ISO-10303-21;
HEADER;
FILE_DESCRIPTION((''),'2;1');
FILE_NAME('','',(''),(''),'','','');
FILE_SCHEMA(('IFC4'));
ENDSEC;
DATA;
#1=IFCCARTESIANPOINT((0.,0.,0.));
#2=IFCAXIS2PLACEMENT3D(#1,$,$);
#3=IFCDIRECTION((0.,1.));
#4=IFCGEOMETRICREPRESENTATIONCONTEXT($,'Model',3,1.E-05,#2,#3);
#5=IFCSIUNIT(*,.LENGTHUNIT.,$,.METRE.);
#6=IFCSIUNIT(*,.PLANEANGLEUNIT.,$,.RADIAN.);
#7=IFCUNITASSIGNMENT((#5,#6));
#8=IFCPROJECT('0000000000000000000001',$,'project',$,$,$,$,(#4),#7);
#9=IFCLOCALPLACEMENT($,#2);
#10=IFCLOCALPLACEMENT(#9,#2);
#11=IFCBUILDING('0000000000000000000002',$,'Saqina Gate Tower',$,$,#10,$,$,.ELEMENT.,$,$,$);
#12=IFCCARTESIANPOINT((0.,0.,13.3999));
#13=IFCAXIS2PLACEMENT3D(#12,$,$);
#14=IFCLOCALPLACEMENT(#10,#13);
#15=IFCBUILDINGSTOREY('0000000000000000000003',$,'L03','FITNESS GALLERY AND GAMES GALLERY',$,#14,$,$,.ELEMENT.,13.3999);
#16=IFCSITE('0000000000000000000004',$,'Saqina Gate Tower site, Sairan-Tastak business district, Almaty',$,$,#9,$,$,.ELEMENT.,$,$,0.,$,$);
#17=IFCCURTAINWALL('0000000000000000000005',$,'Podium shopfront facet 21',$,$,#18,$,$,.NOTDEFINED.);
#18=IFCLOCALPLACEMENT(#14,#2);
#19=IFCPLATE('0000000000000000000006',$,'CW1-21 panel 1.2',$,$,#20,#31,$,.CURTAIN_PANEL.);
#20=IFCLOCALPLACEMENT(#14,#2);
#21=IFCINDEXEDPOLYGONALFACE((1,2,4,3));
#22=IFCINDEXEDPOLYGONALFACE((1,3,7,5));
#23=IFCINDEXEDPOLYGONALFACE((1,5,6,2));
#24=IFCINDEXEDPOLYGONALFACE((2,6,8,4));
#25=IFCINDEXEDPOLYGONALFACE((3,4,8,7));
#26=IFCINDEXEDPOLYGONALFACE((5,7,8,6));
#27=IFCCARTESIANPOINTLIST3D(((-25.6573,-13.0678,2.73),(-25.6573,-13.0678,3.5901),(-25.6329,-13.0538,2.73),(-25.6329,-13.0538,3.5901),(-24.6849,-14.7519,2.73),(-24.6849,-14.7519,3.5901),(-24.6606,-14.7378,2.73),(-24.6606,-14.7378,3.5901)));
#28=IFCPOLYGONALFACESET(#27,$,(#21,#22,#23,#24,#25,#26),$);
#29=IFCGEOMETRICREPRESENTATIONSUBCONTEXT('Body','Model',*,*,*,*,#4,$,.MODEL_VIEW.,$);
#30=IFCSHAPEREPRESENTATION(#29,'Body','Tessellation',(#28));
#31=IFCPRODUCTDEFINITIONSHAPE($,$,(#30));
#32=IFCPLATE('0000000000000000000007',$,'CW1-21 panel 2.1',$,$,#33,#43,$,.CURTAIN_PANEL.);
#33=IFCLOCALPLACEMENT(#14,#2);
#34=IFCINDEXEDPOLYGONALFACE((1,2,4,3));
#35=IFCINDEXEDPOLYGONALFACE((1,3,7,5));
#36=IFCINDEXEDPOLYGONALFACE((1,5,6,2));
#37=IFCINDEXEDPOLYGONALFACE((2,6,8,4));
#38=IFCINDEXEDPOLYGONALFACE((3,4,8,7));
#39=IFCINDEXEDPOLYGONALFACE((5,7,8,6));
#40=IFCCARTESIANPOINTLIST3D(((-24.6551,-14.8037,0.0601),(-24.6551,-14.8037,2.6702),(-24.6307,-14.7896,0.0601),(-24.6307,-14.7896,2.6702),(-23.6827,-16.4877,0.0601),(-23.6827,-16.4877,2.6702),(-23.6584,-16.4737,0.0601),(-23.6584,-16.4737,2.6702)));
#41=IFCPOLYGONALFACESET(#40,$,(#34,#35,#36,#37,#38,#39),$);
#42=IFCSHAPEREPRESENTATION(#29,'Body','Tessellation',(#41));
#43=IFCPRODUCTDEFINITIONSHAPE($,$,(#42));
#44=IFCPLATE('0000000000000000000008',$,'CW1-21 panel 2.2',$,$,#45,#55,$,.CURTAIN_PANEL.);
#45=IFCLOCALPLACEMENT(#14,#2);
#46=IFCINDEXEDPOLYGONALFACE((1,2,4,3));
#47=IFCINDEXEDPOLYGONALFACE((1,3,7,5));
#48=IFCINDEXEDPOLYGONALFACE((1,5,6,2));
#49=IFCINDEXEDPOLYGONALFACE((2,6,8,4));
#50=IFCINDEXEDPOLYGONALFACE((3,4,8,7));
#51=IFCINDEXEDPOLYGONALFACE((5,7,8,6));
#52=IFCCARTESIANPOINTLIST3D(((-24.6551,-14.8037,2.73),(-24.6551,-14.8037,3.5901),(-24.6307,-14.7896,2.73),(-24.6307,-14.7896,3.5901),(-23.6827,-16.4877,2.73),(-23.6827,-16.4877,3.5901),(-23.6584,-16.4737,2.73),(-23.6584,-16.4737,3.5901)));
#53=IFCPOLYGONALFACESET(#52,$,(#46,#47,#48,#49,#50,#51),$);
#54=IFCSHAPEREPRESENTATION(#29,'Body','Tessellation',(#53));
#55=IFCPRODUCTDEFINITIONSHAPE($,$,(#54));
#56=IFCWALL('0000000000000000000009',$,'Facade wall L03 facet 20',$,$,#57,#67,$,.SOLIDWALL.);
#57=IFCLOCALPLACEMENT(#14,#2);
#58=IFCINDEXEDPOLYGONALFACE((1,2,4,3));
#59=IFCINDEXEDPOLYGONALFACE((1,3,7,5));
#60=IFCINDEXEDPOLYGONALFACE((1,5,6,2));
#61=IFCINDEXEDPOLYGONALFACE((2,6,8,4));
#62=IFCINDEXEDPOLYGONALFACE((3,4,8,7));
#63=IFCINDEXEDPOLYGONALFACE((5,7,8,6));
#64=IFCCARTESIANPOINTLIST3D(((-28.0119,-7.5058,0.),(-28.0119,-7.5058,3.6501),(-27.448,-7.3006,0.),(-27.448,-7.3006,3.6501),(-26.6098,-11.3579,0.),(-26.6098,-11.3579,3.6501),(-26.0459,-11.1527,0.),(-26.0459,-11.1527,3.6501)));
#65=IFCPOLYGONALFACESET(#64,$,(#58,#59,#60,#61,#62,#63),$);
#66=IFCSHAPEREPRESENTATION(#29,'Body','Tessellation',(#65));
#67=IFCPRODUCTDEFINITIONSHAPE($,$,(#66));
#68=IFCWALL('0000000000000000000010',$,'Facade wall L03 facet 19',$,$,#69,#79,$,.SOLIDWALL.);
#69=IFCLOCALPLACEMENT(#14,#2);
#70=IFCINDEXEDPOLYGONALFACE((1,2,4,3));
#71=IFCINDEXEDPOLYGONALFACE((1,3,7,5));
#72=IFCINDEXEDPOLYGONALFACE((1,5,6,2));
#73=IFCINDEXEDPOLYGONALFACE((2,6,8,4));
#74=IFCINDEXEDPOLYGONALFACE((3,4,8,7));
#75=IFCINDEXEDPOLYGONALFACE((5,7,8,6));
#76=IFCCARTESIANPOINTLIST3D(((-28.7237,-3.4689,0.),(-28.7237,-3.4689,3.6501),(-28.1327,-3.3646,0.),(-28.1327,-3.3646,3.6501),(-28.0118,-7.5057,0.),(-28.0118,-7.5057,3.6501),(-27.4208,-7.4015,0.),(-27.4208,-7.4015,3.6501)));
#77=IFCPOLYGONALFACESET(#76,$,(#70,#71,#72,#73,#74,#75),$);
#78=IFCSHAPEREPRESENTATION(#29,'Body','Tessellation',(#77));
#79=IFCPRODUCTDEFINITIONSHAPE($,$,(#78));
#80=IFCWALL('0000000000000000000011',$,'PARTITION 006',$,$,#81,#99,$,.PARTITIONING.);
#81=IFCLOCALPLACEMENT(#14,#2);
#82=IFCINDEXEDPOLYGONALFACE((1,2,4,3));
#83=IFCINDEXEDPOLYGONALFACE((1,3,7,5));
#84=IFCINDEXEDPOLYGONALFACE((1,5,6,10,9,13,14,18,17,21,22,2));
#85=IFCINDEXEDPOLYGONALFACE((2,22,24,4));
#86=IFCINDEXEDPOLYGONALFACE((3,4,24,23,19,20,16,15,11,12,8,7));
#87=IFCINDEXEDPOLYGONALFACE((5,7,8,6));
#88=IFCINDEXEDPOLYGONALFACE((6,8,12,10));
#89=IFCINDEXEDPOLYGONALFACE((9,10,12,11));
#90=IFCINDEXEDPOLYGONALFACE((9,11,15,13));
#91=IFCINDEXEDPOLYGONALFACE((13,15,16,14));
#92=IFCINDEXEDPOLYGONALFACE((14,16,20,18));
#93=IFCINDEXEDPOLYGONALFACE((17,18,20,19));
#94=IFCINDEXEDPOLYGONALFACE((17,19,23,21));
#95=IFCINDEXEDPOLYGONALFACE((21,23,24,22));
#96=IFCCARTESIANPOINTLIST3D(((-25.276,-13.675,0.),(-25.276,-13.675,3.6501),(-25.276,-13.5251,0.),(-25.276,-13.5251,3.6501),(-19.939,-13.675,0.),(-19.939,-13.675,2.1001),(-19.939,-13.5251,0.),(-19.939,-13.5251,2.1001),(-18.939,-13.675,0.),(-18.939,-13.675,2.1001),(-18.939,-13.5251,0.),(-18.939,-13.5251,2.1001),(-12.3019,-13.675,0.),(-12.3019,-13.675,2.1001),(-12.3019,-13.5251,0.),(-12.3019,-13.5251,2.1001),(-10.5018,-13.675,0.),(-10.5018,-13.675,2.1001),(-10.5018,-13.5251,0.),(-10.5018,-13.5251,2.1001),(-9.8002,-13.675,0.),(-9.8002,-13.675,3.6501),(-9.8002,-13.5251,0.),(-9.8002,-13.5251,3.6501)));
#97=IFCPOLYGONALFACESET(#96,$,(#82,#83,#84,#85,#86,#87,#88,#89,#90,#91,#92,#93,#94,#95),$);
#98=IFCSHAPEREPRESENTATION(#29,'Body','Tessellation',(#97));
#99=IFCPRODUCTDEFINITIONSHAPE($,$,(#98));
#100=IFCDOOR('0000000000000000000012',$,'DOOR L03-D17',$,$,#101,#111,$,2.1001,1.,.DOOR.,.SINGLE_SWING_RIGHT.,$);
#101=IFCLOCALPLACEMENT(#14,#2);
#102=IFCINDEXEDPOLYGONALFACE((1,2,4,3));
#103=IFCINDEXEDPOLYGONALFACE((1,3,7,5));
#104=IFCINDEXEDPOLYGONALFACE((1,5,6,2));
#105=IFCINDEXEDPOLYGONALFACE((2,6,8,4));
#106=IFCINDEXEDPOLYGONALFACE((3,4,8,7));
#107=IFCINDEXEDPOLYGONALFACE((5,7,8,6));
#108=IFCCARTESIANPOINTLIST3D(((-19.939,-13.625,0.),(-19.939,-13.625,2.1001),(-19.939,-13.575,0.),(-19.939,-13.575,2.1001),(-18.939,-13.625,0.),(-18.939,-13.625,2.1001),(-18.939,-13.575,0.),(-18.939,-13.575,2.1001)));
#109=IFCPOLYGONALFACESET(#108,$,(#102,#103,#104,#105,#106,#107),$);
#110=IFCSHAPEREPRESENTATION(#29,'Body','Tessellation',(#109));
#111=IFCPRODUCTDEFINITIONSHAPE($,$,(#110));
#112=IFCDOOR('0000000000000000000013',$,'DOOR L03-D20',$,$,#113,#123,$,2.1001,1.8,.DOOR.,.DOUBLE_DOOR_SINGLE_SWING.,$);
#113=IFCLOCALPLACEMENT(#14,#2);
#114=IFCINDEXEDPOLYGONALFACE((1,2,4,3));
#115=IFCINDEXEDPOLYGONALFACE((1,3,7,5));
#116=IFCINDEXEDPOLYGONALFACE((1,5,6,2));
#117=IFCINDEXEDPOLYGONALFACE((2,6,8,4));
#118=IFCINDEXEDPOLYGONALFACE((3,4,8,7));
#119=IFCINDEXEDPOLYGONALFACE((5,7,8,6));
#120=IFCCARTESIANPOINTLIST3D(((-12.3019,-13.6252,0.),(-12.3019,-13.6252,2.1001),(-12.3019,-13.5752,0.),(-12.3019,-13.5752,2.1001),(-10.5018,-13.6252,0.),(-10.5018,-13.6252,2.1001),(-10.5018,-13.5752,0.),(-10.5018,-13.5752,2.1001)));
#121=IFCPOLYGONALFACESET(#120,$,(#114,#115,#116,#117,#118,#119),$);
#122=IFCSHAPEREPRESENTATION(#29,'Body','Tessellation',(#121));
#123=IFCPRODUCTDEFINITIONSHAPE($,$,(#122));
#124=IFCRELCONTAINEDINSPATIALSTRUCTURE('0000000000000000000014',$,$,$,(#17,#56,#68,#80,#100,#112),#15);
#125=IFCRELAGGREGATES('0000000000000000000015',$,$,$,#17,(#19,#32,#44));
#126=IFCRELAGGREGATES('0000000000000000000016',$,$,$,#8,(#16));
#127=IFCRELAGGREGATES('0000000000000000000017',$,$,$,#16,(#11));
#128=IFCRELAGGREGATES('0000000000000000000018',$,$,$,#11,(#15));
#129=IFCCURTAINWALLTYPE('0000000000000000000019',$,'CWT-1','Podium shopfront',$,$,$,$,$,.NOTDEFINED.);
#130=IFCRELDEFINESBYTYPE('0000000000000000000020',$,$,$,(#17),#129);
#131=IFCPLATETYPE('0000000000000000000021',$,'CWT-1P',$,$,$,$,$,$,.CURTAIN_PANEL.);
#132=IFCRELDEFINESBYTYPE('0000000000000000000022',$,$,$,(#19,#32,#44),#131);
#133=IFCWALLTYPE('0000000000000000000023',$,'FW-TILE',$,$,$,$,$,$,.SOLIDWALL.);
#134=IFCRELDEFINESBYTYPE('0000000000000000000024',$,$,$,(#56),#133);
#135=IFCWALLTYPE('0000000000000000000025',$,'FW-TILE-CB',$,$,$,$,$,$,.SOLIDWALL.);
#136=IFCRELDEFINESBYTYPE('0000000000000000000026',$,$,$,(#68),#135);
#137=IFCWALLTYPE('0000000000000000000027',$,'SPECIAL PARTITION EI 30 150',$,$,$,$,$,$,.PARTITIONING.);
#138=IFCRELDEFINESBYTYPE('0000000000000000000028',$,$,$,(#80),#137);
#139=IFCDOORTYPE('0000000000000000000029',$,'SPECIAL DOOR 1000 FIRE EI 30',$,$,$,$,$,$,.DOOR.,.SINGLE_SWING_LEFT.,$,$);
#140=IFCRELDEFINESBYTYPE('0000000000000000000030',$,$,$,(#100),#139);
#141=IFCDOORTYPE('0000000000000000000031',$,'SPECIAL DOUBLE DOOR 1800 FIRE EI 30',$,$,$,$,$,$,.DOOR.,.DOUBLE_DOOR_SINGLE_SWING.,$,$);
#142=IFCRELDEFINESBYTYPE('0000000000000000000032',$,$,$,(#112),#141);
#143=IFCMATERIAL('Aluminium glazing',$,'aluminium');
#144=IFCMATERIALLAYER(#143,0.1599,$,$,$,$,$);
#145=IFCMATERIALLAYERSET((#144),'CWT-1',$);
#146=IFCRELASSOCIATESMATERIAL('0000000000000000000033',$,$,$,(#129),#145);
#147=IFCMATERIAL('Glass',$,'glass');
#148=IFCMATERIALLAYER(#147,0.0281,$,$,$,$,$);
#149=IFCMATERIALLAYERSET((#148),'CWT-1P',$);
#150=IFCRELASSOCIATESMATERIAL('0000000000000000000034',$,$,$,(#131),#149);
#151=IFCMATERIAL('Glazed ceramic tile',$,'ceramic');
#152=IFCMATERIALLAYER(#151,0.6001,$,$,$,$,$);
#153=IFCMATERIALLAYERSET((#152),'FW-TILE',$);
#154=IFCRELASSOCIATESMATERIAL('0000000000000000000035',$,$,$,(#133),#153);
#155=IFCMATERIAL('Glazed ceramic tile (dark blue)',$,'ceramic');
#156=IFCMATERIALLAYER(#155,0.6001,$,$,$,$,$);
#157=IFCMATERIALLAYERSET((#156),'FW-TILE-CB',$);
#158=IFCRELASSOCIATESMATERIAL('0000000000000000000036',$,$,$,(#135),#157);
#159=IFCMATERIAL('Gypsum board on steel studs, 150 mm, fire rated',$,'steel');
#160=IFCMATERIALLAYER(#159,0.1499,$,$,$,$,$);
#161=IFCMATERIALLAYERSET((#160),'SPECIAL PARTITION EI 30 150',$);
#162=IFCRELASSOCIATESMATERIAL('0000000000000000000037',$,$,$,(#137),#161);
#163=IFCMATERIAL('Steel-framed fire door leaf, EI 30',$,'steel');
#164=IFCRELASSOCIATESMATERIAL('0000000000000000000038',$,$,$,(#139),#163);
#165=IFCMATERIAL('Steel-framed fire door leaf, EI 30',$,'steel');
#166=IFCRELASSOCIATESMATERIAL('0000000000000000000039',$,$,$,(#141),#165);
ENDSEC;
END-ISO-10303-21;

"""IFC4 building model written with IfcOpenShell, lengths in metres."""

from ifc_helpers import new_model, si_unit, direction, frame, frame_2d, origin, origin_2d, place, context, subcontext, project, spatial, rectangle, extrude, material, layer, layer_set, type_object, element, fill, aggregate, save


model = new_model("IFC4")

# Units and contexts
model_context = context("Model", 3, precision=1e-05, world=origin(), true_north=direction((0.0, 1.0)))
body_context = subcontext(model_context, "Body", "Model", "MODEL_VIEW")
ifc_project = project(units=[si_unit("LENGTHUNIT", "METRE"), si_unit("PLANEANGLEUNIT", "RADIAN")], contexts=[model_context])

# Site, building, storey
site_placement = place(None, origin())
site = spatial("IfcSite", under=ifc_project, at=site_placement, Name="Saqina Gate Tower site, Sairan-Tastak business district, Almaty", CompositionType="ELEMENT", RefElevation=0.0)
building_placement = place(site_placement, origin())
building = spatial("IfcBuilding", under=site, at=building_placement, Name="Saqina Gate Tower", CompositionType="ELEMENT")
storey_placement = place(building_placement, frame((0.0, 0.0, 13.3999)))
storey = spatial("IfcBuildingStorey", under=building, at=storey_placement, Name="L03", Description="FITNESS GALLERY AND GAMES GALLERY", CompositionType="ELEMENT", Elevation=13.3999)

# Curtain wall
ifc_material_1 = material(Name="Aluminium glazing", Category="aluminium")
ifc_layer_1 = layer(ifc_material_1, 0.1599)
ifc_layer_set_1 = layer_set([ifc_layer_1], Name="CWT-1")
curtain_wall_type = type_object("IfcCurtainWallType", Name="CWT-1", Description="Podium shopfront", PredefinedType="NOTDEFINED", material=ifc_layer_set_1)
curtain_wall_1_placement = place(storey_placement, origin())
curtain_wall_1 = element("IfcCurtainWall", 1, at=curtain_wall_1_placement, inside=storey, type_object=curtain_wall_type, Name="Podium shopfront facet 21", PredefinedType="NOTDEFINED")

# Plates
ifc_material_2 = material(Name="Glass", Category="glass")
ifc_layer_2 = layer(ifc_material_2, 0.0281)
ifc_layer_set_2 = layer_set([ifc_layer_2], Name="CWT-1P")
plate_type = type_object("IfcPlateType", Name="CWT-1P", PredefinedType="CURTAIN_PANEL", material=ifc_layer_set_2)
plate_1_placement = place(storey_placement, frame((-25.1589, -13.9028, 2.73), z_axis=(0.0, 0.0, 1.0), x_axis=(0.500014, -0.866017, 0.0)))
plate_1 = element("IfcPlate", 2, at=plate_1_placement, type_object=plate_type, Name="CW1-21 panel 1.2", PredefinedType="CURTAIN_PANEL", context=body_context, shape_type="SweptSolid", body=[
    extrude(rectangle(XDim=1.9446, YDim=0.0281, at=origin_2d()), origin(), (0.0, 0.0, 1.0), 0.8601),
])
plate_2_placement = place(storey_placement, frame((-24.1567, -15.6387, 0.0601), z_axis=(0.0, 0.0, 1.0), x_axis=(0.500014, -0.866017, 0.0)))
plate_2 = element("IfcPlate", 3, at=plate_2_placement, type_object=plate_type, Name="CW1-21 panel 2.1", PredefinedType="CURTAIN_PANEL", context=body_context, shape_type="SweptSolid", body=[
    extrude(rectangle(XDim=1.9446, YDim=0.0281, at=origin_2d()), origin(), (0.0, 0.0, 1.0), 2.6101),
])
plate_3_placement = place(storey_placement, frame((-24.1567, -15.6387, 2.73), z_axis=(0.0, 0.0, 1.0), x_axis=(0.500014, -0.866017, 0.0)))
plate_3 = element("IfcPlate", 4, at=plate_3_placement, type_object=plate_type, Name="CW1-21 panel 2.2", PredefinedType="CURTAIN_PANEL", context=body_context, shape_type="SweptSolid", body=[
    extrude(rectangle(XDim=1.9446, YDim=0.0281, at=origin_2d()), origin(), (0.0, 0.0, 1.0), 0.8601),
])
aggregate(curtain_wall_1, [plate_1, plate_2, plate_3])

# Walls
ifc_material_3 = material(Name="Glazed ceramic tile", Category="ceramic")
ifc_layer_3 = layer(ifc_material_3, 0.6001)
ifc_layer_set_3 = layer_set([ifc_layer_3], Name="FW-TILE")
wall_type_1 = type_object("IfcWallType", Name="FW-TILE", PredefinedType="SOLIDWALL", material=ifc_layer_set_3)
wall_1_placement = place(storey_placement, frame((-27.73, -7.4031, 0.0), z_axis=(0.0, 0.0, 1.0), x_axis=(0.342035, -0.939687, 0.0)))
element("IfcWall", 5, at=wall_1_placement, inside=storey, type_object=wall_type_1, Name="Facade wall L03 facet 20", PredefinedType="SOLIDWALL", context=body_context, shape_type="SweptSolid", body=[
    extrude(rectangle(XDim=4.0994, YDim=0.6001, at=frame_2d((2.0498, 0.0))), origin(), (0.0, 0.0, 1.0), 3.6501),
])
ifc_material_4 = material(Name="Glazed ceramic tile (dark blue)", Category="ceramic")
ifc_layer_4 = layer(ifc_material_4, 0.6001)
ifc_layer_set_4 = layer_set([ifc_layer_4], Name="FW-TILE-CB")
wall_type_2 = type_object("IfcWallType", Name="FW-TILE-CB", PredefinedType="SOLIDWALL", material=ifc_layer_set_4)
wall_2_placement = place(storey_placement, frame((-28.4282, -3.4167, 0.0), z_axis=(0.0, 0.0, 1.0), x_axis=(0.173673, -0.984803, 0.0)))
element("IfcWall", 6, at=wall_2_placement, inside=storey, type_object=wall_type_2, Name="Facade wall L03 facet 19", PredefinedType="SOLIDWALL", context=body_context, shape_type="SweptSolid", body=[
    extrude(rectangle(XDim=4.0991, YDim=0.6001, at=frame_2d((2.0496, 0.0))), origin(), (0.0, 0.0, 1.0), 3.6501),
])

# Wall, openings, doors
ifc_material_5 = material(Name="Gypsum board on steel studs, 150 mm, fire rated", Category="steel")
ifc_layer_5 = layer(ifc_material_5, 0.1499)
ifc_layer_set_5 = layer_set([ifc_layer_5], Name="SPECIAL PARTITION EI 30 150")
wall_type_3 = type_object("IfcWallType", Name="SPECIAL PARTITION EI 30 150", PredefinedType="PARTITIONING", material=ifc_layer_set_5)
wall_3_placement = place(storey_placement, frame((-25.2759, -13.6001, 0.0), z_axis=(0.0, 0.0, 1.0), x_axis=(1.0, 0.0, 0.0)))
wall_3 = element("IfcWall", 7, at=wall_3_placement, inside=storey, type_object=wall_type_3, Name="PARTITION 006", PredefinedType="PARTITIONING", context=body_context, shape_type="SweptSolid", body=[
    extrude(rectangle(XDim=15.4758, YDim=0.1499, at=frame_2d((7.7378, 0.0))), origin(), (0.0, 0.0, 1.0), 3.6501),
])
opening_1_placement = place(wall_3_placement, frame((5.3369, 0.0, 0.0)))
opening_1 = element("IfcOpeningElement", 8, at=opening_1_placement, cuts=wall_3, PredefinedType="OPENING", context=body_context, shape_type="SweptSolid", body=[
    extrude(rectangle(XDim=1.0, YDim=2.1001, at=frame_2d((0.5, 1.05))), frame((0.0, 0.0869, 0.0), z_axis=(0.0, -1.0, 0.0), x_axis=(1.0, 0.0, 0.0)), (0.0, 0.0, 1.0), 0.1738),
])
opening_2_placement = place(wall_3_placement, frame((12.9741, 0.0, 0.0)))
opening_2 = element("IfcOpeningElement", 9, at=opening_2_placement, cuts=wall_3, PredefinedType="OPENING", context=body_context, shape_type="SweptSolid", body=[
    extrude(rectangle(XDim=1.8, YDim=2.1001, at=frame_2d((0.8999, 1.05))), frame((0.0, 0.0869, 0.0), z_axis=(0.0, -1.0, 0.0), x_axis=(1.0, 0.0, 0.0)), (0.0, 0.0, 1.0), 0.1738),
])
ifc_material_6 = material(Name="Steel-framed fire door leaf, EI 30", Category="steel")
door_type_1 = type_object("IfcDoorType", Name="SPECIAL DOOR 1000 FIRE EI 30", OperationType="SINGLE_SWING_LEFT", PredefinedType="DOOR", material=ifc_material_6)
door_1_placement = place(opening_1_placement, frame((1.0, 0.0, 0.0), z_axis=(0.0, 0.0, 1.0), x_axis=(-1.0, 0.0, 0.0)))
door_1 = element("IfcDoor", 10, at=door_1_placement, inside=storey, type_object=door_type_1, Name="DOOR L03-D17", OperationType="SINGLE_SWING_RIGHT", OverallHeight=2.1001, OverallWidth=1.0, PredefinedType="DOOR", context=body_context, shape_type="SweptSolid", body=[
    extrude(rectangle(XDim=1.0, YDim=2.1001, at=frame_2d((0.5, 1.05))), frame((0.0, 0.0249, 0.0), z_axis=(0.0, -1.0, 0.0), x_axis=(1.0, 0.0, 0.0)), (0.0, 0.0, 1.0), 0.05),
])
fill(opening_1, door_1)
ifc_material_7 = material(Name="Steel-framed fire door leaf, EI 30", Category="steel")
door_type_2 = type_object("IfcDoorType", Name="SPECIAL DOUBLE DOOR 1800 FIRE EI 30", OperationType="DOUBLE_DOOR_SINGLE_SWING", PredefinedType="DOOR", material=ifc_material_7)
door_2_placement = place(opening_2_placement, origin())
door_2 = element("IfcDoor", 11, at=door_2_placement, inside=storey, type_object=door_type_2, Name="DOOR L03-D20", OperationType="DOUBLE_DOOR_SINGLE_SWING", OverallHeight=2.1001, OverallWidth=1.8, PredefinedType="DOOR", context=body_context, shape_type="SweptSolid", body=[
    extrude(rectangle(XDim=1.8, YDim=2.1001, at=frame_2d((0.8999, 1.05))), frame((0.0, 0.0249, 0.0), z_axis=(0.0, -1.0, 0.0), x_axis=(1.0, 0.0, 0.0)), (0.0, 0.0, 1.0), 0.05),
])
fill(opening_2, door_2)

save(model, "model.ifc")
